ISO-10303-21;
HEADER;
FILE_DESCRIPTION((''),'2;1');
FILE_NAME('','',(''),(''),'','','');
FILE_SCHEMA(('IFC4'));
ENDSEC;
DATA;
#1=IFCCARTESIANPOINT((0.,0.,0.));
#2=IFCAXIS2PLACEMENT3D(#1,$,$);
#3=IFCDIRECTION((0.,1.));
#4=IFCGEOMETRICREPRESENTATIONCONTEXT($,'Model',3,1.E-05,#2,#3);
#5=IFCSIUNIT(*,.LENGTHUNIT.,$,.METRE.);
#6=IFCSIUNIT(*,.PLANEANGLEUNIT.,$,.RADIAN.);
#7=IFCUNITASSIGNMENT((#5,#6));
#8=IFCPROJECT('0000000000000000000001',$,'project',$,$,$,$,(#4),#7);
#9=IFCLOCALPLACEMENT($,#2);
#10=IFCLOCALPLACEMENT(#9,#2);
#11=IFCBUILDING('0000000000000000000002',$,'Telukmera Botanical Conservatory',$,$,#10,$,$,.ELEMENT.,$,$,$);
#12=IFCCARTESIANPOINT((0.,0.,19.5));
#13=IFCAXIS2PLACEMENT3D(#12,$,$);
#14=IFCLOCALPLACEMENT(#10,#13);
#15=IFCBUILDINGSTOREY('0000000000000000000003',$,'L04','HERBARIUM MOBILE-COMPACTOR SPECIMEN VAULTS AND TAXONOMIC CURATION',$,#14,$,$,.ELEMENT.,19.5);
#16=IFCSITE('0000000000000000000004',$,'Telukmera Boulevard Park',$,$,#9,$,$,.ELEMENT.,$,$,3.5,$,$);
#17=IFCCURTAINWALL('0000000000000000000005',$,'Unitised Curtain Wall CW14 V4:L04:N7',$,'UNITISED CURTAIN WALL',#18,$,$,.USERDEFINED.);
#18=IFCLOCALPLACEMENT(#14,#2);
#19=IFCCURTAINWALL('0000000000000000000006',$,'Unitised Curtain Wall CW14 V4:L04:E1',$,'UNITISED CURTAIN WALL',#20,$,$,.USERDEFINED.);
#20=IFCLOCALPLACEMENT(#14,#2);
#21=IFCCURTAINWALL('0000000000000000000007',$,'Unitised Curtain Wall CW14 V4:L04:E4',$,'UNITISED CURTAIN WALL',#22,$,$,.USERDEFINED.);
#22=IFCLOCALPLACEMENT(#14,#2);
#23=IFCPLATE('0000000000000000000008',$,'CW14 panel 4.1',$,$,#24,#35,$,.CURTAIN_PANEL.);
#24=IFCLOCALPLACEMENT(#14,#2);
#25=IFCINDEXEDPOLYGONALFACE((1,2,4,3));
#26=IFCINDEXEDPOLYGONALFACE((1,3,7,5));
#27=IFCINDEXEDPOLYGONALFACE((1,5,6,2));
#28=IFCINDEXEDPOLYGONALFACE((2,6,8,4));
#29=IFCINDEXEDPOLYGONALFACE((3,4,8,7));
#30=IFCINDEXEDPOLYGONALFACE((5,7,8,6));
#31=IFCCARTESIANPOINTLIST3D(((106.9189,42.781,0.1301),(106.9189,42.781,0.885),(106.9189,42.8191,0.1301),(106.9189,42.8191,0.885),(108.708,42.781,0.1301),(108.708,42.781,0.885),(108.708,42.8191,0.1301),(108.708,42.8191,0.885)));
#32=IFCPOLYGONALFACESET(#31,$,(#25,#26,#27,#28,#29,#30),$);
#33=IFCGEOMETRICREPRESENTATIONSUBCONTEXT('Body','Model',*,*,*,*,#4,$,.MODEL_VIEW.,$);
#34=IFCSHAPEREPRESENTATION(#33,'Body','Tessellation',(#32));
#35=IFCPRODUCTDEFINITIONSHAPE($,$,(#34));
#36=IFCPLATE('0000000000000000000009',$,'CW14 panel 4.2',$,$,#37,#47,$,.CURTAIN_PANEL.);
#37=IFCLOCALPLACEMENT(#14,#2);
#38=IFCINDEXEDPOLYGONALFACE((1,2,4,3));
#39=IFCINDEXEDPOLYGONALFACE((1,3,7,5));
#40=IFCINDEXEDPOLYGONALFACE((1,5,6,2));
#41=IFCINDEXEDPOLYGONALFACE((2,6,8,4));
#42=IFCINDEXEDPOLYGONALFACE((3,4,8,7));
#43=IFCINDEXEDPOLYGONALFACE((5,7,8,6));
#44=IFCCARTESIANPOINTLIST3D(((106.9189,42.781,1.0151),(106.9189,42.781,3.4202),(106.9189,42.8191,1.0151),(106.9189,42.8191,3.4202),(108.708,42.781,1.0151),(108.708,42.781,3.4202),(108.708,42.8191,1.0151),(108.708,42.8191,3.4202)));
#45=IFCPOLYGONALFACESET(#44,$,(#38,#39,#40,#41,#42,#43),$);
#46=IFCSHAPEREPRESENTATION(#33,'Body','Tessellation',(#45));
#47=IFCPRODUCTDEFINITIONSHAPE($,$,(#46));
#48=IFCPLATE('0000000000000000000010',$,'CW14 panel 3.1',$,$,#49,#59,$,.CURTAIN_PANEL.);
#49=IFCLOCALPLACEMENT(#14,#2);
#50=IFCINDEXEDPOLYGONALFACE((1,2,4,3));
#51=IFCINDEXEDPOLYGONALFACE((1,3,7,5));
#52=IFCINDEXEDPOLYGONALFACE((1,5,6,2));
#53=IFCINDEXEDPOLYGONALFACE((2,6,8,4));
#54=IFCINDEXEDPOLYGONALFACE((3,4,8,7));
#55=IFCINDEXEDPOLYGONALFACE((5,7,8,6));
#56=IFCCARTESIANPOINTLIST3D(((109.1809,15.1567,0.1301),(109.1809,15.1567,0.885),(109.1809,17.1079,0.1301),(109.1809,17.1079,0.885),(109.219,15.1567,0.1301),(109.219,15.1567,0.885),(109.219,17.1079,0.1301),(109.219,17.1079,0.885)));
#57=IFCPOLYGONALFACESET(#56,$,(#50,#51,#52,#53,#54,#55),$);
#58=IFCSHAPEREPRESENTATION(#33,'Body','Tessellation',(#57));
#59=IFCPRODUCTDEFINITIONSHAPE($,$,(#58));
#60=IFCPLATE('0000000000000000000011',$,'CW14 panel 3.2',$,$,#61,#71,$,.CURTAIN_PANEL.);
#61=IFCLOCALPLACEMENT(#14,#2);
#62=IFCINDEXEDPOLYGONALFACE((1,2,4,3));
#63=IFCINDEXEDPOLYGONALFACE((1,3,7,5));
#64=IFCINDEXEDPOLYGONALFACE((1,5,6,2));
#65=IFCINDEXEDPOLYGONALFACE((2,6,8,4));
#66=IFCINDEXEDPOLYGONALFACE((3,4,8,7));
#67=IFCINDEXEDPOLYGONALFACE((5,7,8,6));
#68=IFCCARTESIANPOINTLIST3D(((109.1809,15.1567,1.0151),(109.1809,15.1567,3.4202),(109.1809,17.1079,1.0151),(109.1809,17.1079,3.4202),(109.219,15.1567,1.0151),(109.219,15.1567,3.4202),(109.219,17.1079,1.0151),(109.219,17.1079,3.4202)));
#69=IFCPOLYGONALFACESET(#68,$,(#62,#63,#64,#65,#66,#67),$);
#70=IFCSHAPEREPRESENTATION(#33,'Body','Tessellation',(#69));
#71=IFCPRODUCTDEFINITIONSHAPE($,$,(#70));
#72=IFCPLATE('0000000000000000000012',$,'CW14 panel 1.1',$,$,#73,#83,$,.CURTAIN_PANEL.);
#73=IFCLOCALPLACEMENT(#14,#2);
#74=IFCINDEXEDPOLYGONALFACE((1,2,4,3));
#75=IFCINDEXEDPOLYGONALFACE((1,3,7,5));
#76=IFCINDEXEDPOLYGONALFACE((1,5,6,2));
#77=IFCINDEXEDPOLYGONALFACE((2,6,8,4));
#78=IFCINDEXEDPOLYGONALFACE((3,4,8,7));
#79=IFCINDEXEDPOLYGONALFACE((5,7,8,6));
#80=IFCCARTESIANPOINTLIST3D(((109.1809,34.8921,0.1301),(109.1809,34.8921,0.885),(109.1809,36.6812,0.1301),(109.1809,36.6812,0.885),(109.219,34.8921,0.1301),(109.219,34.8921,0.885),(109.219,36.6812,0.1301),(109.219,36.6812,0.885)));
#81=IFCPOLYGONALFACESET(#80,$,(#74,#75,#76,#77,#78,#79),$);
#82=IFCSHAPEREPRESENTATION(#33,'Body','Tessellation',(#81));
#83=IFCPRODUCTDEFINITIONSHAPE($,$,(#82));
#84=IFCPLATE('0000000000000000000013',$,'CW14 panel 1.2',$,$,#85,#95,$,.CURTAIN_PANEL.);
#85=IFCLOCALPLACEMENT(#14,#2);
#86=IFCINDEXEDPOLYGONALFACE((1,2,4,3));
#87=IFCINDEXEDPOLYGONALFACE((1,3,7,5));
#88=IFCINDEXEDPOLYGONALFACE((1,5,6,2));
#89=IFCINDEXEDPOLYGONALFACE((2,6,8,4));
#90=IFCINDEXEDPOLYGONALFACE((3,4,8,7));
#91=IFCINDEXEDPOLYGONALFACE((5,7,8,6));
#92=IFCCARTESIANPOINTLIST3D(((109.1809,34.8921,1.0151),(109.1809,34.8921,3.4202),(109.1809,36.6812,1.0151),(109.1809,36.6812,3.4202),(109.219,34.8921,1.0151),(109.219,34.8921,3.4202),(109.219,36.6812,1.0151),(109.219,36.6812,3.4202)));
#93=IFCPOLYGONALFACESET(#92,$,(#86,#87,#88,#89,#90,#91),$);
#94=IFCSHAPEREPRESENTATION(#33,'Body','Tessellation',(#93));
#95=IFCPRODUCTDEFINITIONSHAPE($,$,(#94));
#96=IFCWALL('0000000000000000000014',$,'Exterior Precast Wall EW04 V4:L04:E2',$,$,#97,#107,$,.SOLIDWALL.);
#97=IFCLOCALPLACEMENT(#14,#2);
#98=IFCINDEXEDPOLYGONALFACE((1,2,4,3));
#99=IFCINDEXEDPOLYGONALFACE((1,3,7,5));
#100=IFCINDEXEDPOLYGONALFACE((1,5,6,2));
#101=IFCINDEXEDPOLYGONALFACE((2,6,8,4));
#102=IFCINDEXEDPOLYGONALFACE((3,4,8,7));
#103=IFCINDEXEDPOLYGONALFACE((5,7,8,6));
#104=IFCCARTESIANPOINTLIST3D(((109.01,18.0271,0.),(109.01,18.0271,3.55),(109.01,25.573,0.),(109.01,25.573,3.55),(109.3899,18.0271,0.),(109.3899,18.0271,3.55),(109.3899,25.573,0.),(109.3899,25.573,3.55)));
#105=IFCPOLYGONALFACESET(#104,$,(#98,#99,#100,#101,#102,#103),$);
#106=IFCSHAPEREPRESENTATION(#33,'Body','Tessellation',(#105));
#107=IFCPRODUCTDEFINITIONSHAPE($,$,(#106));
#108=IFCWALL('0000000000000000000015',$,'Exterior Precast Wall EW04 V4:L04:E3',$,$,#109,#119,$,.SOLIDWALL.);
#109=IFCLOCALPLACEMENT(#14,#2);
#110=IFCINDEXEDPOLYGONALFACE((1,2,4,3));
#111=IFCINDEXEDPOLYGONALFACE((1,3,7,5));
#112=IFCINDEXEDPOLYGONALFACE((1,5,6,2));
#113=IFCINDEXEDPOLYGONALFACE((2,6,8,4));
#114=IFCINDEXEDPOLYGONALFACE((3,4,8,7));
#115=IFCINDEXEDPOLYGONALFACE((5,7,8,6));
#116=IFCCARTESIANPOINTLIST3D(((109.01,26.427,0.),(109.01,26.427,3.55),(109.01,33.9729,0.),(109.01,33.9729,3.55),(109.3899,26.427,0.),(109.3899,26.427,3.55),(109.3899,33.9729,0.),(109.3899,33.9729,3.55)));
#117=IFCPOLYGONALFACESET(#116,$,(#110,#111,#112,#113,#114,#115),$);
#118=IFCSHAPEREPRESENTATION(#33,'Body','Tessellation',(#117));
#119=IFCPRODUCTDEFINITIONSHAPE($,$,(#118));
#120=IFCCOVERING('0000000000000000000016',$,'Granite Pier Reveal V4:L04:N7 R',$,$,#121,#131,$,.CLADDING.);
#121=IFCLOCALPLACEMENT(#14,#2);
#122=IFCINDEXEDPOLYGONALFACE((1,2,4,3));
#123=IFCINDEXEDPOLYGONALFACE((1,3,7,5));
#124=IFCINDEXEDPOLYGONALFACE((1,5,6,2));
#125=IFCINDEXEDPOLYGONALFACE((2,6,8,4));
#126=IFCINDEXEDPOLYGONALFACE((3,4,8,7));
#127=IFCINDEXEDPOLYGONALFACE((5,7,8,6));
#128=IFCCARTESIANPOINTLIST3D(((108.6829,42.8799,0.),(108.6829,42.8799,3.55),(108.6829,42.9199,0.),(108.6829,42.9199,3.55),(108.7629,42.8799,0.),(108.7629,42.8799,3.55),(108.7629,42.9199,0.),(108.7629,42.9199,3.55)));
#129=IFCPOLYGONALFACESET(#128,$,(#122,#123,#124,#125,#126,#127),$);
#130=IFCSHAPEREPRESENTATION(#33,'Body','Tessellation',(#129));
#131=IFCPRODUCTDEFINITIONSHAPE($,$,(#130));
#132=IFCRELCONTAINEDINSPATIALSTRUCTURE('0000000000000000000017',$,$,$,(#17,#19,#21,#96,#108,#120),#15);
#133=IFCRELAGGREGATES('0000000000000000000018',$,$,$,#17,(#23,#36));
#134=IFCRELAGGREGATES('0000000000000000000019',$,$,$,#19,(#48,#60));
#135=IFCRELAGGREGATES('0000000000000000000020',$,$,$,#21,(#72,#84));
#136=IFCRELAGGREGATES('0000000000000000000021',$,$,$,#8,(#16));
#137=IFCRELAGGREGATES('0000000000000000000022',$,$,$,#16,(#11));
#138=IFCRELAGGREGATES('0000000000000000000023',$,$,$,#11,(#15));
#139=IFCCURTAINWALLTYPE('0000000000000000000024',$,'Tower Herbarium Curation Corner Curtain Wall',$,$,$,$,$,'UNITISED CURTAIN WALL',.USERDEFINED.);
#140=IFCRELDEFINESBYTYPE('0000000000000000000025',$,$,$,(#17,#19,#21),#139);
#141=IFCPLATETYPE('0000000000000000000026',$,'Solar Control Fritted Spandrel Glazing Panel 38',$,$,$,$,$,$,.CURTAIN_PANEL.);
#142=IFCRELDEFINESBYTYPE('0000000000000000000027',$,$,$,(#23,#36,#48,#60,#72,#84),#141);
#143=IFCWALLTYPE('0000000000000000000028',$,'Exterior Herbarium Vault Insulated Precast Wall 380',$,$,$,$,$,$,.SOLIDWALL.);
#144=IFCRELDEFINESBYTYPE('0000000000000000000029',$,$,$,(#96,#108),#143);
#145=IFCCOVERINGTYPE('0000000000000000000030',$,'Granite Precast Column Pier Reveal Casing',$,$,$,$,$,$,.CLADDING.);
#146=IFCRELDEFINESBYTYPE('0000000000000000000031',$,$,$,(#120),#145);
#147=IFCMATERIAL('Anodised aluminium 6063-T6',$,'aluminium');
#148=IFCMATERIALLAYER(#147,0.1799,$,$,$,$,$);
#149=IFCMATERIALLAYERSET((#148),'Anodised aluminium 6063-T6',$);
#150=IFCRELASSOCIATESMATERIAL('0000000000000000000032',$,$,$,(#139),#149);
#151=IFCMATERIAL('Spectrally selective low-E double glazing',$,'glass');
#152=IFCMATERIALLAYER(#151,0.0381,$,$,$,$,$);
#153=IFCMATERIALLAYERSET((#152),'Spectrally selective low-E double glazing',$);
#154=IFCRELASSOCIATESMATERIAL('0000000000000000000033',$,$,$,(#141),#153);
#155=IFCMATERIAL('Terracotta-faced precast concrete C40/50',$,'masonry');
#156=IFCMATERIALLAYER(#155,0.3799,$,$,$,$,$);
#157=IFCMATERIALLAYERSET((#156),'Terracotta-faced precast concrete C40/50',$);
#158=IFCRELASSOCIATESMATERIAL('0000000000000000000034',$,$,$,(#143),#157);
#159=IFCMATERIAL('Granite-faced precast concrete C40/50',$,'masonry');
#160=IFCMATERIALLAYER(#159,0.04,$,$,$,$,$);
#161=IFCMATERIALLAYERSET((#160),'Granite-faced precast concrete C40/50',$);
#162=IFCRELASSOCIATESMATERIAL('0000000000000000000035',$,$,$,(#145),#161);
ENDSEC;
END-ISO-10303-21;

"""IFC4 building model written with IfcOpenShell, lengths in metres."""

from ifc_helpers import new_model, si_unit, direction, frame, frame_2d, origin, origin_2d, place, context, subcontext, project, spatial, rectangle, extrude, material, layer, layer_set, type_object, element, aggregate, save


model = new_model("IFC4")

# Units and contexts
model_context = context("Model", 3, precision=1e-05, world=origin(), true_north=direction((0.0, 1.0)))
body_context = subcontext(model_context, "Body", "Model", "MODEL_VIEW")
ifc_project = project(units=[si_unit("LENGTHUNIT", "METRE"), si_unit("PLANEANGLEUNIT", "RADIAN")], contexts=[model_context])

# Site, building, storey
site_placement = place(None, origin())
site = spatial("IfcSite", under=ifc_project, at=site_placement, Name="Telukmera Boulevard Park", CompositionType="ELEMENT", RefElevation=3.5)
building_placement = place(site_placement, origin())
building = spatial("IfcBuilding", under=site, at=building_placement, Name="Telukmera Botanical Conservatory", CompositionType="ELEMENT")
storey_placement = place(building_placement, frame((0.0, 0.0, 19.5)))
storey = spatial("IfcBuildingStorey", under=building, at=storey_placement, Name="L04", Description="HERBARIUM MOBILE-COMPACTOR SPECIMEN VAULTS AND TAXONOMIC CURATION", CompositionType="ELEMENT", Elevation=19.5)

# Curtain wall
ifc_material_1 = material(Name="Anodised aluminium 6063-T6", Category="aluminium")
ifc_layer_1 = layer(ifc_material_1, 0.1799)
ifc_layer_set_1 = layer_set([ifc_layer_1], Name="Anodised aluminium 6063-T6")
curtain_wall_type = type_object("IfcCurtainWallType", Name="Tower Herbarium Curation Corner Curtain Wall", ElementType="UNITISED CURTAIN WALL", PredefinedType="USERDEFINED", material=ifc_layer_set_1)
curtain_wall_1_placement = place(storey_placement, origin())
curtain_wall_1 = element("IfcCurtainWall", 1, at=curtain_wall_1_placement, inside=storey, type_object=curtain_wall_type, Name="Unitised Curtain Wall CW14 V4:L04:N7", ObjectType="UNITISED CURTAIN WALL", PredefinedType="USERDEFINED")

# Curtain wall
curtain_wall_2_placement = place(storey_placement, origin())
curtain_wall_2 = element("IfcCurtainWall", 2, at=curtain_wall_2_placement, inside=storey, type_object=curtain_wall_type, Name="Unitised Curtain Wall CW14 V4:L04:E1", ObjectType="UNITISED CURTAIN WALL", PredefinedType="USERDEFINED")

# Curtain wall
curtain_wall_3_placement = place(storey_placement, origin())
curtain_wall_3 = element("IfcCurtainWall", 3, at=curtain_wall_3_placement, inside=storey, type_object=curtain_wall_type, Name="Unitised Curtain Wall CW14 V4:L04:E4", ObjectType="UNITISED CURTAIN WALL", PredefinedType="USERDEFINED")

# Plates
ifc_material_2 = material(Name="Spectrally selective low-E double glazing", Category="glass")
ifc_layer_2 = layer(ifc_material_2, 0.0381)
ifc_layer_set_2 = layer_set([ifc_layer_2], Name="Spectrally selective low-E double glazing")
plate_type = type_object("IfcPlateType", Name="Solar Control Fritted Spandrel Glazing Panel 38", PredefinedType="CURTAIN_PANEL", material=ifc_layer_set_2)
plate_1_placement = place(storey_placement, frame((107.8135, 42.8, 0.1301), z_axis=(0.0, 0.0, 1.0), x_axis=(1.0, 0.0, 0.0)))
plate_1 = element("IfcPlate", 4, at=plate_1_placement, type_object=plate_type, Name="CW14 panel 4.1", PredefinedType="CURTAIN_PANEL", context=body_context, shape_type="SweptSolid", body=[
    extrude(rectangle(XDim=1.7891, YDim=0.0381, at=origin_2d()), origin(), (0.0, 0.0, 1.0), 0.7549),
])
plate_2_placement = place(storey_placement, frame((107.8135, 42.8, 1.0151), z_axis=(0.0, 0.0, 1.0), x_axis=(1.0, 0.0, 0.0)))
plate_2 = element("IfcPlate", 5, at=plate_2_placement, type_object=plate_type, Name="CW14 panel 4.2", PredefinedType="CURTAIN_PANEL", context=body_context, shape_type="SweptSolid", body=[
    extrude(rectangle(XDim=1.7891, YDim=0.0381, at=origin_2d()), origin(), (0.0, 0.0, 1.0), 2.405),
])
aggregate(curtain_wall_1, [plate_1, plate_2])
plate_3_placement = place(storey_placement, frame((109.2, 16.1323, 0.1301), z_axis=(0.0, 0.0, 1.0), x_axis=(0.0, 1.0, 0.0)))
plate_3 = element("IfcPlate", 6, at=plate_3_placement, type_object=plate_type, Name="CW14 panel 3.1", PredefinedType="CURTAIN_PANEL", context=body_context, shape_type="SweptSolid", body=[
    extrude(rectangle(XDim=1.9512, YDim=0.0381, at=origin_2d()), origin(), (0.0, 0.0, 1.0), 0.7549),
])
plate_4_placement = place(storey_placement, frame((109.2, 16.1323, 1.0151), z_axis=(0.0, 0.0, 1.0), x_axis=(0.0, 1.0, 0.0)))
plate_4 = element("IfcPlate", 7, at=plate_4_placement, type_object=plate_type, Name="CW14 panel 3.2", PredefinedType="CURTAIN_PANEL", context=body_context, shape_type="SweptSolid", body=[
    extrude(rectangle(XDim=1.9512, YDim=0.0381, at=origin_2d()), origin(), (0.0, 0.0, 1.0), 2.405),
])
aggregate(curtain_wall_2, [plate_3, plate_4])
plate_5_placement = place(storey_placement, frame((109.2, 35.7866, 0.1301), z_axis=(0.0, 0.0, 1.0), x_axis=(0.0, 1.0, 0.0)))
plate_5 = element("IfcPlate", 8, at=plate_5_placement, type_object=plate_type, Name="CW14 panel 1.1", PredefinedType="CURTAIN_PANEL", context=body_context, shape_type="SweptSolid", body=[
    extrude(rectangle(XDim=1.7891, YDim=0.0381, at=origin_2d()), origin(), (0.0, 0.0, 1.0), 0.7549),
])
plate_6_placement = place(storey_placement, frame((109.2, 35.7866, 1.0151), z_axis=(0.0, 0.0, 1.0), x_axis=(0.0, 1.0, 0.0)))
plate_6 = element("IfcPlate", 9, at=plate_6_placement, type_object=plate_type, Name="CW14 panel 1.2", PredefinedType="CURTAIN_PANEL", context=body_context, shape_type="SweptSolid", body=[
    extrude(rectangle(XDim=1.7891, YDim=0.0381, at=origin_2d()), origin(), (0.0, 0.0, 1.0), 2.405),
])
aggregate(curtain_wall_3, [plate_5, plate_6])

# Walls
ifc_material_3 = material(Name="Terracotta-faced precast concrete C40/50", Category="masonry")
ifc_layer_3 = layer(ifc_material_3, 0.3799)
ifc_layer_set_3 = layer_set([ifc_layer_3], Name="Terracotta-faced precast concrete C40/50")
wall_type = type_object("IfcWallType", Name="Exterior Herbarium Vault Insulated Precast Wall 380", PredefinedType="SOLIDWALL", material=ifc_layer_set_3)
for number, where, z_axis, x_axis, name in (
    (10, (109.2, 18.0271, 0.0), (0.0, 0.0, 1.0), (0.0, 1.0, 0.0), "Exterior Precast Wall EW04 V4:L04:E2"),
    (11, (109.2, 26.427, 0.0), (0.0, 0.0, 1.0), (0.0, 1.0, 0.0), "Exterior Precast Wall EW04 V4:L04:E3"),
):
    element("IfcWall", number, at=place(storey_placement, frame(where, z_axis=z_axis, x_axis=x_axis)), inside=storey, type_object=wall_type, Name=name, PredefinedType="SOLIDWALL", context=body_context, shape_type="SweptSolid", body=[
        extrude(rectangle(XDim=7.5459, YDim=0.3799, at=frame_2d((3.7729, 0.0))), origin(), (0.0, 0.0, 1.0), 3.55),
    ])

# Covering
ifc_material_4 = material(Name="Granite-faced precast concrete C40/50", Category="masonry")
ifc_layer_4 = layer(ifc_material_4, 0.04)
ifc_layer_set_4 = layer_set([ifc_layer_4], Name="Granite-faced precast concrete C40/50")
covering_type = type_object("IfcCoveringType", Name="Granite Precast Column Pier Reveal Casing", PredefinedType="CLADDING", material=ifc_layer_set_4)
covering_placement = place(storey_placement, frame((108.7229, 42.8999, 0.0), z_axis=(0.0, 0.0, 1.0), x_axis=(1.0, 0.0, 0.0)))
element("IfcCovering", 12, at=covering_placement, inside=storey, type_object=covering_type, Name="Granite Pier Reveal V4:L04:N7 R", PredefinedType="CLADDING", context=body_context, shape_type="SweptSolid", body=[
    extrude(rectangle(XDim=0.0801, YDim=0.04, at=origin_2d()), origin(), (0.0, 0.0, 1.0), 3.55),
])

save(model, "model.ifc")
